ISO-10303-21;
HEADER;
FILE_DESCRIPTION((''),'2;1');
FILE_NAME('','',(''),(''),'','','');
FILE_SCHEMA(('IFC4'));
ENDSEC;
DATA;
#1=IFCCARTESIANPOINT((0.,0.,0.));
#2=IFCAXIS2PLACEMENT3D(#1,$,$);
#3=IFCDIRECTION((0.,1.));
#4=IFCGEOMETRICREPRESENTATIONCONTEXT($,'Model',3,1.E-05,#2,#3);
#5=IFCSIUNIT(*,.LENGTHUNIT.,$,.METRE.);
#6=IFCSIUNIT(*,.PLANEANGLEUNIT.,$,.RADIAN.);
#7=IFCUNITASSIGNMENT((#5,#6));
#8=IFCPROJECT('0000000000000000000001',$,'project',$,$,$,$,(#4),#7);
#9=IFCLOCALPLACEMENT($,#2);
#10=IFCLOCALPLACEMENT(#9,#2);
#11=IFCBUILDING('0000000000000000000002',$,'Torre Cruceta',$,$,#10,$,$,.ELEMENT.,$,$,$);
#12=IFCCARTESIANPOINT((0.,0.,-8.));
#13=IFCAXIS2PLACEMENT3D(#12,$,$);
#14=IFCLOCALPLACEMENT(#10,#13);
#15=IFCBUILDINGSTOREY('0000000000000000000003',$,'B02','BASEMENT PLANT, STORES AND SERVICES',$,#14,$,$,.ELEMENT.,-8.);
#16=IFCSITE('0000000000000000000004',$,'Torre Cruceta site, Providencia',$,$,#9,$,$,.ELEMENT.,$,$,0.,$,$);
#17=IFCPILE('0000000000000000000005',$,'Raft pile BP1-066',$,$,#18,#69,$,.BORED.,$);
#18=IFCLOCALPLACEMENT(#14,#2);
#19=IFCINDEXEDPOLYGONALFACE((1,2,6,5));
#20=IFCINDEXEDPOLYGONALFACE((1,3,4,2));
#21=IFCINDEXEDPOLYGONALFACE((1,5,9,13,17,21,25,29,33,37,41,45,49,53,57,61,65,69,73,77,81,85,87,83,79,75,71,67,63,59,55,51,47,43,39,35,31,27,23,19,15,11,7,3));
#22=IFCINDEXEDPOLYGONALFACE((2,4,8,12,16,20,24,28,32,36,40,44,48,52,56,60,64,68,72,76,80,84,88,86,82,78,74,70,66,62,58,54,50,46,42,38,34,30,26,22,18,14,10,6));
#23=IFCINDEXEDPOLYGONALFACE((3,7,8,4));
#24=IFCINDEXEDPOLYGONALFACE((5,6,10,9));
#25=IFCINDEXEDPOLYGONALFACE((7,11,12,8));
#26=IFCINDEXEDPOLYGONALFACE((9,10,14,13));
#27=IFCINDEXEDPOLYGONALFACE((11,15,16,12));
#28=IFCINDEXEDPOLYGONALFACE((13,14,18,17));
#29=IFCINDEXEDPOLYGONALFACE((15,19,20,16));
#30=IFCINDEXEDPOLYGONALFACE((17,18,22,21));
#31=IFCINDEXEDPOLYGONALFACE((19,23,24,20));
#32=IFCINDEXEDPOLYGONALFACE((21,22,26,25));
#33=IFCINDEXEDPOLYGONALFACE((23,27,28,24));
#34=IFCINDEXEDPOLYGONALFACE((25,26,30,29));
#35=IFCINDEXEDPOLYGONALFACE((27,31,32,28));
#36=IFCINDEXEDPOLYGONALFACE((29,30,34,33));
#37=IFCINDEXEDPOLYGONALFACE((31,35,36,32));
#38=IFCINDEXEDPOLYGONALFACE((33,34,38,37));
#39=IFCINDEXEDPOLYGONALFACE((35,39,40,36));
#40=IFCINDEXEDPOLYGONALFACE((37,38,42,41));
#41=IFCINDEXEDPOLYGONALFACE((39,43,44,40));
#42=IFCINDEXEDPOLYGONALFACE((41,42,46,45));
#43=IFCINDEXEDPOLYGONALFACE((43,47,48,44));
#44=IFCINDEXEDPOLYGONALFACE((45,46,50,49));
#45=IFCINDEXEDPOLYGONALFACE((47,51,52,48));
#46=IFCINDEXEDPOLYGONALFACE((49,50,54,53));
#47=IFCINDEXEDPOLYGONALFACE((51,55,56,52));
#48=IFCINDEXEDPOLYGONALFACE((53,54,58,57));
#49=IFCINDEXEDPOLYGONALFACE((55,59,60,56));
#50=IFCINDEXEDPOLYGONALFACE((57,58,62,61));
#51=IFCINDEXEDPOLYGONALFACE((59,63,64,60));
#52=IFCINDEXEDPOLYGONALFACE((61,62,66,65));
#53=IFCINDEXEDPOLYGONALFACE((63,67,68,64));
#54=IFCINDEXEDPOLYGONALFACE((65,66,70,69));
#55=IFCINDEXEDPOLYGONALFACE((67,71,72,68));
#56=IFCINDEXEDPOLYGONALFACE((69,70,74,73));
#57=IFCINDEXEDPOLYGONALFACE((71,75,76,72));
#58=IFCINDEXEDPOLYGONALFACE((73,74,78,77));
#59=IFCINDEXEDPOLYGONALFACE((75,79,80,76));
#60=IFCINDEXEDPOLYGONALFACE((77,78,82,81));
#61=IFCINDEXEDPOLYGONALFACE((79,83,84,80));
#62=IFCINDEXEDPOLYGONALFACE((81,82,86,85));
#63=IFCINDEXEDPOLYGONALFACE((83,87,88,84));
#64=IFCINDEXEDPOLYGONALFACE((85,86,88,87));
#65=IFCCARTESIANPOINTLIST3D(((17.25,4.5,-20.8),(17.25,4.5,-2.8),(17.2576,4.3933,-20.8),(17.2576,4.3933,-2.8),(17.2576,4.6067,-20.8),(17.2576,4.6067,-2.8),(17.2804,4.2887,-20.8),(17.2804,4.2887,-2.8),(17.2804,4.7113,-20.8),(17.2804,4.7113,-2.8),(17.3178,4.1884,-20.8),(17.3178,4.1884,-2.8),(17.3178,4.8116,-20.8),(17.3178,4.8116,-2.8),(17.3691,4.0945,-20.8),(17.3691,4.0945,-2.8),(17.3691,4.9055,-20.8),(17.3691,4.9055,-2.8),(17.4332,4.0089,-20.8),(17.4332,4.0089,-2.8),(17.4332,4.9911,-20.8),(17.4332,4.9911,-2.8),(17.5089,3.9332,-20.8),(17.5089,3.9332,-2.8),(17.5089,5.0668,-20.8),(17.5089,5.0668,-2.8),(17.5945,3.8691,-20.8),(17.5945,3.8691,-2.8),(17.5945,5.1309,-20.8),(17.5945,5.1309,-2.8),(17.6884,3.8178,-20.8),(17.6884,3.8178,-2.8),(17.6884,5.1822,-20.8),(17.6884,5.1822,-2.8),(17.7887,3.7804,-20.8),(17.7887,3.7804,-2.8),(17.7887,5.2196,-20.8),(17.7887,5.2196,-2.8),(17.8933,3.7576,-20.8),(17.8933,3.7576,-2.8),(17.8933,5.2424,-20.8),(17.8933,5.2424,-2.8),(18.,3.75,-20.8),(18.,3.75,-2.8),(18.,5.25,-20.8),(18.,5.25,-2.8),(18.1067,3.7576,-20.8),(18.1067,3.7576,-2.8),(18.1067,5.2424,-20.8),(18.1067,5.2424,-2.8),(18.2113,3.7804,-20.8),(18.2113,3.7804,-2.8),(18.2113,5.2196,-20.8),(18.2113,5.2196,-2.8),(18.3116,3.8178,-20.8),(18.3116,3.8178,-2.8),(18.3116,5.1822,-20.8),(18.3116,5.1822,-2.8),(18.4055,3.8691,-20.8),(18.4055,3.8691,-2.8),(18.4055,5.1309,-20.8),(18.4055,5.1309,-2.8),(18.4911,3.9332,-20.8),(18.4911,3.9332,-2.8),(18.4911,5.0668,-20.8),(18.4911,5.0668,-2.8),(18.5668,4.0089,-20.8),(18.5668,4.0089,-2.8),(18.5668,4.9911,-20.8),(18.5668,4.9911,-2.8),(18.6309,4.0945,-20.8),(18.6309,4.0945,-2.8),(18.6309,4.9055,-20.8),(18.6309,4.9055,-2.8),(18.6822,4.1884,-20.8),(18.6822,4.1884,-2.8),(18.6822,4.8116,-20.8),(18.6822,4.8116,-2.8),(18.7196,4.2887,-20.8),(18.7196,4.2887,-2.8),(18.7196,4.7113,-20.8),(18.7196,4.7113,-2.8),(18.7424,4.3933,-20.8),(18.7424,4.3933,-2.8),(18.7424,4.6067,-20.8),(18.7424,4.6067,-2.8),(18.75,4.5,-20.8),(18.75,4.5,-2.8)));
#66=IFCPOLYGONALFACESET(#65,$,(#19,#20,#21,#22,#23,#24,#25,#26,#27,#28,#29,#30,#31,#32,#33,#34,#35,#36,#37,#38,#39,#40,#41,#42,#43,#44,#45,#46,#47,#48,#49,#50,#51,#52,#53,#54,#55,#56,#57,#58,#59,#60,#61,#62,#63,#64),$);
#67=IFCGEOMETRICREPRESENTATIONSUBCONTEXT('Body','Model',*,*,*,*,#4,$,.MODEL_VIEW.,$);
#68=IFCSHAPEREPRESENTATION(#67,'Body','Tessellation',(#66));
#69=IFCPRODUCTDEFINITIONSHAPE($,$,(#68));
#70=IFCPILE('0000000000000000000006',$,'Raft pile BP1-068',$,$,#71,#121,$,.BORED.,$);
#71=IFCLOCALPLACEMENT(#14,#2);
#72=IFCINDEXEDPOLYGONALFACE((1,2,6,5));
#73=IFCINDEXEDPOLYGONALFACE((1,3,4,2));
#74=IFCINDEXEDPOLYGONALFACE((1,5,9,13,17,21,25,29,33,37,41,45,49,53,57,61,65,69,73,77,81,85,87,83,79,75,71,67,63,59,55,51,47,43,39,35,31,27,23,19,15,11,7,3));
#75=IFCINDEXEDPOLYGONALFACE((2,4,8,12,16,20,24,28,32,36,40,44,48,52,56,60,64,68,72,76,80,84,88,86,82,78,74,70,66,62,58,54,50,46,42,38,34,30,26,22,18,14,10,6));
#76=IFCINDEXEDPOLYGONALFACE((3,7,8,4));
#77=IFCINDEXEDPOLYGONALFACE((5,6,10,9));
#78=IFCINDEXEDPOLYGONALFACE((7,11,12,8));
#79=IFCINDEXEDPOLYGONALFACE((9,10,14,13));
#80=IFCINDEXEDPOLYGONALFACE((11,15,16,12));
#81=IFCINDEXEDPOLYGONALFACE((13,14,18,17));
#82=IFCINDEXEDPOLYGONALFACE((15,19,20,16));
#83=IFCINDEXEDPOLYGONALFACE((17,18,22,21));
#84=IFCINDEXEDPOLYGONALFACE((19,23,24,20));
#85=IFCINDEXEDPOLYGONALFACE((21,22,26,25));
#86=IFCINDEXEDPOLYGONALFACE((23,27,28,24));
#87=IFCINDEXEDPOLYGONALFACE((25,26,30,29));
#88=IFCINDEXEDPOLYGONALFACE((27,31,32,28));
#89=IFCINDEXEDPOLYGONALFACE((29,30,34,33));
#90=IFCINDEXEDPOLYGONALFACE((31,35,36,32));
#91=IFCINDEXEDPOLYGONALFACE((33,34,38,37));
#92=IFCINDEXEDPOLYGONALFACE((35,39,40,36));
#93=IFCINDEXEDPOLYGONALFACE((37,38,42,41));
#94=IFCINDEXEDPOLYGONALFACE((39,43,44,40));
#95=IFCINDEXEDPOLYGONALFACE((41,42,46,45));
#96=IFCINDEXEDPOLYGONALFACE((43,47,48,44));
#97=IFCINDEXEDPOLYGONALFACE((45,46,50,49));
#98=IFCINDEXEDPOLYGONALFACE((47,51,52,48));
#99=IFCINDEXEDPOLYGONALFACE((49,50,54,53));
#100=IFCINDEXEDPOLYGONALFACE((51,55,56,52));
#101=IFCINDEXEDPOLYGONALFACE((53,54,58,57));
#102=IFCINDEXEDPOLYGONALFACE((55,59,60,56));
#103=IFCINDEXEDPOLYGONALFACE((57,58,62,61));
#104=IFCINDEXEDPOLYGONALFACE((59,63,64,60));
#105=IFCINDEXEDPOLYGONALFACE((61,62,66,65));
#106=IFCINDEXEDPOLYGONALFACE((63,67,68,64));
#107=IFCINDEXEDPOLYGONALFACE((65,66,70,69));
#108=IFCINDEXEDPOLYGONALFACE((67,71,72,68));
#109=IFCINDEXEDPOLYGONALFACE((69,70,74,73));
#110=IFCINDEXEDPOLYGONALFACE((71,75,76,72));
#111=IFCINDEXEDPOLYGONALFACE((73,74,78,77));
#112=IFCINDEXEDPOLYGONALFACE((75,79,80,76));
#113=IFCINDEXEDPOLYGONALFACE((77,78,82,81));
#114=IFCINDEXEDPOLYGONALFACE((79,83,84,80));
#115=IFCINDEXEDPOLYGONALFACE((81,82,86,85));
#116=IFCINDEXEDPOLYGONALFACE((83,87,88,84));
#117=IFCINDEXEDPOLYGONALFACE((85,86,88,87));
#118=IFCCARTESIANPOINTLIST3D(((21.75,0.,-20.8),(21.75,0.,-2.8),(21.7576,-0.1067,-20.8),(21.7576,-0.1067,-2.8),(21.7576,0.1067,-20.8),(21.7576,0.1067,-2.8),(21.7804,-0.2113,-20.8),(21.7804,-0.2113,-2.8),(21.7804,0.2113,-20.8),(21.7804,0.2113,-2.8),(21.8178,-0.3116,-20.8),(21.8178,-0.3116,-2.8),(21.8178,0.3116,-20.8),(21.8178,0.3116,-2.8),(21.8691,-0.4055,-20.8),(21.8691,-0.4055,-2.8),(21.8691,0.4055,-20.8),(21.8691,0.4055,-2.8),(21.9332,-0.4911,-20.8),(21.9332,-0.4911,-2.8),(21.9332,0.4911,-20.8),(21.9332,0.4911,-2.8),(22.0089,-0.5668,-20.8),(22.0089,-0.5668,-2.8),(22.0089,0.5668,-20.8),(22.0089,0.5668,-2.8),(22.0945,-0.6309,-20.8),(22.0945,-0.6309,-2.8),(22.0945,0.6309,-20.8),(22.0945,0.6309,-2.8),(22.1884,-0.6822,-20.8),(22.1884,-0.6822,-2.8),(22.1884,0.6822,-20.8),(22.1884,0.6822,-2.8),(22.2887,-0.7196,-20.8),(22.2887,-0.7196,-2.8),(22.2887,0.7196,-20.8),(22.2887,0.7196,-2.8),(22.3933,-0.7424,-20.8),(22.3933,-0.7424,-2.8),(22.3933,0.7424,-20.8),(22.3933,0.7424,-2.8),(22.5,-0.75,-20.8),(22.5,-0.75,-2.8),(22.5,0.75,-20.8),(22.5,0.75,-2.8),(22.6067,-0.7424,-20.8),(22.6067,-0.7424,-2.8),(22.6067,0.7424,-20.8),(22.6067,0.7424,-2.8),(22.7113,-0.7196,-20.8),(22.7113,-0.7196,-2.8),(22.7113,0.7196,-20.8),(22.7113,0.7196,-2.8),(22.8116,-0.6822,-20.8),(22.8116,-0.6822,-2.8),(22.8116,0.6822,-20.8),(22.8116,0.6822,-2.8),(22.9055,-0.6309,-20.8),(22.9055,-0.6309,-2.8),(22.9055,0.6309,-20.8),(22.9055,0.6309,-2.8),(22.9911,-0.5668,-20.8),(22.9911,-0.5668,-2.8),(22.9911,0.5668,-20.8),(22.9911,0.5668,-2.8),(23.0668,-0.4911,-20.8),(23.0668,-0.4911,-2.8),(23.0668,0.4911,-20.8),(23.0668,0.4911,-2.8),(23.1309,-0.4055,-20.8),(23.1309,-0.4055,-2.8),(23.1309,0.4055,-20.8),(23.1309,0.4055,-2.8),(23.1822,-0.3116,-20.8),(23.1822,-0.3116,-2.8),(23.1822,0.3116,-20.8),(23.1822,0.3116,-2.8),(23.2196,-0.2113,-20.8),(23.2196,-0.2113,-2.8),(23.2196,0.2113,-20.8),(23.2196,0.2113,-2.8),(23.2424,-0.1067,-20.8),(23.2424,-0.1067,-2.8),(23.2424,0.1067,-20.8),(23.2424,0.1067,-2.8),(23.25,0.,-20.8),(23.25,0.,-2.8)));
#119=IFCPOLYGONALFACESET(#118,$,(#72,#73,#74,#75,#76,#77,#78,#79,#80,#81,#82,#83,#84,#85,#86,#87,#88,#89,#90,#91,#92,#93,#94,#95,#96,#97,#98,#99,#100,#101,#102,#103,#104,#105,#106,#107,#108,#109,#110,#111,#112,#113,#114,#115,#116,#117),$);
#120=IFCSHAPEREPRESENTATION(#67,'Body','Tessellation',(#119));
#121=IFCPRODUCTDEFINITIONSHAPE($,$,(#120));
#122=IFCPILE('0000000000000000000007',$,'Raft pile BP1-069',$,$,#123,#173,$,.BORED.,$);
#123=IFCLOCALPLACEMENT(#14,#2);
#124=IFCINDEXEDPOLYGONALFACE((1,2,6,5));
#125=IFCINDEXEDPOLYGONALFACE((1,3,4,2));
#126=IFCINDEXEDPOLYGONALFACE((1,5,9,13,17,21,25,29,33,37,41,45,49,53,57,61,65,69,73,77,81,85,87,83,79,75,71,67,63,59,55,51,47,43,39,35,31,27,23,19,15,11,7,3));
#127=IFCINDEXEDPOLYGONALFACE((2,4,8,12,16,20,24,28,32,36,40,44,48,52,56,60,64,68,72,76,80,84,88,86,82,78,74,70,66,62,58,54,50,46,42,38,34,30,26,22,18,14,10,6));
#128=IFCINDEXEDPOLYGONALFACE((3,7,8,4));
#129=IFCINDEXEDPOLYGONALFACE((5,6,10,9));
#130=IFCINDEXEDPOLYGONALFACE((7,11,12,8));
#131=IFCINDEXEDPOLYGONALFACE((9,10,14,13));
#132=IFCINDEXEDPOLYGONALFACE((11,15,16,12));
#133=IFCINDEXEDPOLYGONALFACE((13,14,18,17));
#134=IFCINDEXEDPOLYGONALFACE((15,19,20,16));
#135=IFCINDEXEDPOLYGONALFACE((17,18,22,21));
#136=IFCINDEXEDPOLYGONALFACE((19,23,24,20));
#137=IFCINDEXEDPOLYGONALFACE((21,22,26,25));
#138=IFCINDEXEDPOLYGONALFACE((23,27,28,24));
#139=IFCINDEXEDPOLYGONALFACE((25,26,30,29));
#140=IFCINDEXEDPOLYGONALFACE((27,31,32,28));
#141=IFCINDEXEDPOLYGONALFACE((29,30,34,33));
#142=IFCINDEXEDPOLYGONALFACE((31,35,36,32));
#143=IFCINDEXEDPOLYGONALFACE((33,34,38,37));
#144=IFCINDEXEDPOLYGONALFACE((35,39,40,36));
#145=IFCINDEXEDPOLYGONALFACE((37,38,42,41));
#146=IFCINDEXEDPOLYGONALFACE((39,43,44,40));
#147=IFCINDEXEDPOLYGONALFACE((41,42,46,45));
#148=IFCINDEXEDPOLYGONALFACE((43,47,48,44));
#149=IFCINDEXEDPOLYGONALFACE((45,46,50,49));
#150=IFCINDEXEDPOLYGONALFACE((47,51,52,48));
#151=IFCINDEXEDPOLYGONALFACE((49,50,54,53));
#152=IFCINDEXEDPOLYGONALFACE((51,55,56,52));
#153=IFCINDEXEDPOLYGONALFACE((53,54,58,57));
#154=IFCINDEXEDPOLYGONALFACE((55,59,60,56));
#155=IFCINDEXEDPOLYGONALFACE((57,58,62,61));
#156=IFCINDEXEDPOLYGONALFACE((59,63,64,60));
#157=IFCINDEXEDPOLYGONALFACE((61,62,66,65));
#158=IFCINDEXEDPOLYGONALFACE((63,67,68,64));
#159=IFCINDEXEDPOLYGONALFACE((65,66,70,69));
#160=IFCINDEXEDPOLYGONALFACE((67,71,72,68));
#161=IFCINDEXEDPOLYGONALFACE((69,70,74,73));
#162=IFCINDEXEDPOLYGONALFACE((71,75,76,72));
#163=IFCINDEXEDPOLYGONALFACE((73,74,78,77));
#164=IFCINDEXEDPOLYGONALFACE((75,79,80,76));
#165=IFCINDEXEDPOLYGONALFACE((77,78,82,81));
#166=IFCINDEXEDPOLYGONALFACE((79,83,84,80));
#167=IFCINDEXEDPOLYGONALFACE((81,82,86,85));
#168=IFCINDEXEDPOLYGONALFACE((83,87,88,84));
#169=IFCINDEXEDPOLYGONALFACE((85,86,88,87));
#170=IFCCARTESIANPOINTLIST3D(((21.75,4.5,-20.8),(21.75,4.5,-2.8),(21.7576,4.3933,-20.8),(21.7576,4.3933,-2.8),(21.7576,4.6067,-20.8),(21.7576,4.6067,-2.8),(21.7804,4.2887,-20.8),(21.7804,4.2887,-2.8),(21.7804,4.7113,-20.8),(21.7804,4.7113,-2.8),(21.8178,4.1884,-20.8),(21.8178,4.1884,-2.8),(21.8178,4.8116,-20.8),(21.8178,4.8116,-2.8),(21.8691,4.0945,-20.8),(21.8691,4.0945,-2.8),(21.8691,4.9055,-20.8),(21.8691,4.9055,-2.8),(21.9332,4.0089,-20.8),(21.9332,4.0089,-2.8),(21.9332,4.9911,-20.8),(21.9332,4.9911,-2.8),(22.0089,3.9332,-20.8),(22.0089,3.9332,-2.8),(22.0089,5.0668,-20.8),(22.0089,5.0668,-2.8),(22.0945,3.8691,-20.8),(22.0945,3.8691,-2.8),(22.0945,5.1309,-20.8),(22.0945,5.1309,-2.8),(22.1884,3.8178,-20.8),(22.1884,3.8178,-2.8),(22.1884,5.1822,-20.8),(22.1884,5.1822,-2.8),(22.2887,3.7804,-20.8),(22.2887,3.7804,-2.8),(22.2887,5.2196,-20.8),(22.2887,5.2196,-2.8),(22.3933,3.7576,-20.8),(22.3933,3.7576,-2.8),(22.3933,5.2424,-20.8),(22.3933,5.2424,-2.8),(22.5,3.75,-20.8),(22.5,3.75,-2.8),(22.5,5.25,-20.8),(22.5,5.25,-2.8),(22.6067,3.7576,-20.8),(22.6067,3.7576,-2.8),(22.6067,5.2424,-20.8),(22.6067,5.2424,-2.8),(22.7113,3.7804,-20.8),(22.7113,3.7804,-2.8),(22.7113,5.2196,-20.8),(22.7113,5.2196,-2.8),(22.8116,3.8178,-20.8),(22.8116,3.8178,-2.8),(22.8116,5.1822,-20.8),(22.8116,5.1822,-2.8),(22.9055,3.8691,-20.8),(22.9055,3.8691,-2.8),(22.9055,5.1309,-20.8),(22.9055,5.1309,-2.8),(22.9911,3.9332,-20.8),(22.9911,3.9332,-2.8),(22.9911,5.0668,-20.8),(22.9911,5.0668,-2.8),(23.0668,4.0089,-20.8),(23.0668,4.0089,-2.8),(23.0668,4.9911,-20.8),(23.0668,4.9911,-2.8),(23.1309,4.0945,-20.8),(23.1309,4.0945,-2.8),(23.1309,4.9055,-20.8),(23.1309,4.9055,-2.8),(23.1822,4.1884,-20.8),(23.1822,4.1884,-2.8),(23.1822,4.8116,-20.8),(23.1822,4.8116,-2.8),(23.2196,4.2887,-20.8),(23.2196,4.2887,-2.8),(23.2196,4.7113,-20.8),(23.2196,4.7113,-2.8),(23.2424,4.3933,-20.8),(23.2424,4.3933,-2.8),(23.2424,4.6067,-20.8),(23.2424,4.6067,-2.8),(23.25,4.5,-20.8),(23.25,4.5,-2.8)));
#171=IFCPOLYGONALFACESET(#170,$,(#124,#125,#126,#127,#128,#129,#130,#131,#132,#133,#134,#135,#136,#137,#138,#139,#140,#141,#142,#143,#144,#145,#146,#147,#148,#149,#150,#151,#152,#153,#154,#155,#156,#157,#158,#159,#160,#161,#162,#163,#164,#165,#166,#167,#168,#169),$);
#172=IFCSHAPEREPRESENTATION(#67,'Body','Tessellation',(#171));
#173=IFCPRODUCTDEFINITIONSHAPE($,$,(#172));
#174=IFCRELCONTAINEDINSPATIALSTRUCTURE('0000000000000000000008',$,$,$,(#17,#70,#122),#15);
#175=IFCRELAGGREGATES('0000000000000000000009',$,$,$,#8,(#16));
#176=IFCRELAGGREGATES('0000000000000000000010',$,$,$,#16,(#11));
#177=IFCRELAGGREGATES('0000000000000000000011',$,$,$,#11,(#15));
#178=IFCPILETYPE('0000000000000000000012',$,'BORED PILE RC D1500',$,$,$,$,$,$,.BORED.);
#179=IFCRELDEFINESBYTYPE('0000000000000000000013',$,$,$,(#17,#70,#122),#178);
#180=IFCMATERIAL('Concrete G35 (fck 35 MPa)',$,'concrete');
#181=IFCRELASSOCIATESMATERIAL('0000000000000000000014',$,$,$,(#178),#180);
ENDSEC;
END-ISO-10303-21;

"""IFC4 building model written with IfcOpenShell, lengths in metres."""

from ifc_helpers import new_model, si_unit, direction, frame, origin, origin_2d, place, context, subcontext, project, spatial, circle, extrude, material, material_profile, profile_set, type_object, element, save


model = new_model("IFC4")

# Units and contexts
model_context = context("Model", 3, precision=1e-05, world=origin(), true_north=direction((0.0, 1.0)))
body_context = subcontext(model_context, "Body", "Model", "MODEL_VIEW")
ifc_project = project(units=[si_unit("LENGTHUNIT", "METRE"), si_unit("PLANEANGLEUNIT", "RADIAN")], contexts=[model_context])

# Site, building, storey
site_placement = place(None, origin())
site = spatial("IfcSite", under=ifc_project, at=site_placement, Name="Torre Cruceta site, Providencia", CompositionType="ELEMENT", RefElevation=0.0)
building_placement = place(site_placement, origin())
building = spatial("IfcBuilding", under=site, at=building_placement, Name="Torre Cruceta", CompositionType="ELEMENT")
storey_placement = place(building_placement, frame((0.0, 0.0, -8.0)))
storey = spatial("IfcBuildingStorey", under=building, at=storey_placement, Name="B02", Description="BASEMENT PLANT, STORES AND SERVICES", CompositionType="ELEMENT", Elevation=-8.0)

# Piles
ifc_material_1 = material(Name="Concrete G35 (fck 35 MPa)", Category="concrete")
ifc_material_profile_1 = material_profile(ifc_material_1, circle(Radius=0.75, at=origin_2d()), Name="RC D1500")
ifc_profile_set_1 = profile_set([ifc_material_profile_1], Name="Concrete G35 (fck 35 MPa)")
pile_type_1 = type_object("IfcPileType", Name="BORED PILE RC D1500", PredefinedType="BORED", material=ifc_profile_set_1)
for number, where, z_axis, x_axis, name in (
    (1, (18.0, 4.5, -2.8), (0.0, 0.0, -1.0), (1.0, 0.0, 0.0), "Raft pile BP1-066"),
    (2, (22.5, 0.0, -2.8), (0.0, 0.0, -1.0), (1.0, 0.0, 0.0), "Raft pile BP1-068"),
    (3, (22.5, 4.5, -2.8), (0.0, 0.0, -1.0), (1.0, 0.0, 0.0), "Raft pile BP1-069"),
):
    element("IfcPile", number, at=place(storey_placement, frame(where, z_axis=z_axis, x_axis=x_axis)), inside=storey, type_object=pile_type_1, Name=name, PredefinedType="BORED", context=body_context, shape_type="SweptSolid", body=[
        extrude(circle(Radius=0.75, at=origin_2d()), origin(), (0.0, 0.0, 1.0), 18.0),
    ])

save(model, "model.ifc")
